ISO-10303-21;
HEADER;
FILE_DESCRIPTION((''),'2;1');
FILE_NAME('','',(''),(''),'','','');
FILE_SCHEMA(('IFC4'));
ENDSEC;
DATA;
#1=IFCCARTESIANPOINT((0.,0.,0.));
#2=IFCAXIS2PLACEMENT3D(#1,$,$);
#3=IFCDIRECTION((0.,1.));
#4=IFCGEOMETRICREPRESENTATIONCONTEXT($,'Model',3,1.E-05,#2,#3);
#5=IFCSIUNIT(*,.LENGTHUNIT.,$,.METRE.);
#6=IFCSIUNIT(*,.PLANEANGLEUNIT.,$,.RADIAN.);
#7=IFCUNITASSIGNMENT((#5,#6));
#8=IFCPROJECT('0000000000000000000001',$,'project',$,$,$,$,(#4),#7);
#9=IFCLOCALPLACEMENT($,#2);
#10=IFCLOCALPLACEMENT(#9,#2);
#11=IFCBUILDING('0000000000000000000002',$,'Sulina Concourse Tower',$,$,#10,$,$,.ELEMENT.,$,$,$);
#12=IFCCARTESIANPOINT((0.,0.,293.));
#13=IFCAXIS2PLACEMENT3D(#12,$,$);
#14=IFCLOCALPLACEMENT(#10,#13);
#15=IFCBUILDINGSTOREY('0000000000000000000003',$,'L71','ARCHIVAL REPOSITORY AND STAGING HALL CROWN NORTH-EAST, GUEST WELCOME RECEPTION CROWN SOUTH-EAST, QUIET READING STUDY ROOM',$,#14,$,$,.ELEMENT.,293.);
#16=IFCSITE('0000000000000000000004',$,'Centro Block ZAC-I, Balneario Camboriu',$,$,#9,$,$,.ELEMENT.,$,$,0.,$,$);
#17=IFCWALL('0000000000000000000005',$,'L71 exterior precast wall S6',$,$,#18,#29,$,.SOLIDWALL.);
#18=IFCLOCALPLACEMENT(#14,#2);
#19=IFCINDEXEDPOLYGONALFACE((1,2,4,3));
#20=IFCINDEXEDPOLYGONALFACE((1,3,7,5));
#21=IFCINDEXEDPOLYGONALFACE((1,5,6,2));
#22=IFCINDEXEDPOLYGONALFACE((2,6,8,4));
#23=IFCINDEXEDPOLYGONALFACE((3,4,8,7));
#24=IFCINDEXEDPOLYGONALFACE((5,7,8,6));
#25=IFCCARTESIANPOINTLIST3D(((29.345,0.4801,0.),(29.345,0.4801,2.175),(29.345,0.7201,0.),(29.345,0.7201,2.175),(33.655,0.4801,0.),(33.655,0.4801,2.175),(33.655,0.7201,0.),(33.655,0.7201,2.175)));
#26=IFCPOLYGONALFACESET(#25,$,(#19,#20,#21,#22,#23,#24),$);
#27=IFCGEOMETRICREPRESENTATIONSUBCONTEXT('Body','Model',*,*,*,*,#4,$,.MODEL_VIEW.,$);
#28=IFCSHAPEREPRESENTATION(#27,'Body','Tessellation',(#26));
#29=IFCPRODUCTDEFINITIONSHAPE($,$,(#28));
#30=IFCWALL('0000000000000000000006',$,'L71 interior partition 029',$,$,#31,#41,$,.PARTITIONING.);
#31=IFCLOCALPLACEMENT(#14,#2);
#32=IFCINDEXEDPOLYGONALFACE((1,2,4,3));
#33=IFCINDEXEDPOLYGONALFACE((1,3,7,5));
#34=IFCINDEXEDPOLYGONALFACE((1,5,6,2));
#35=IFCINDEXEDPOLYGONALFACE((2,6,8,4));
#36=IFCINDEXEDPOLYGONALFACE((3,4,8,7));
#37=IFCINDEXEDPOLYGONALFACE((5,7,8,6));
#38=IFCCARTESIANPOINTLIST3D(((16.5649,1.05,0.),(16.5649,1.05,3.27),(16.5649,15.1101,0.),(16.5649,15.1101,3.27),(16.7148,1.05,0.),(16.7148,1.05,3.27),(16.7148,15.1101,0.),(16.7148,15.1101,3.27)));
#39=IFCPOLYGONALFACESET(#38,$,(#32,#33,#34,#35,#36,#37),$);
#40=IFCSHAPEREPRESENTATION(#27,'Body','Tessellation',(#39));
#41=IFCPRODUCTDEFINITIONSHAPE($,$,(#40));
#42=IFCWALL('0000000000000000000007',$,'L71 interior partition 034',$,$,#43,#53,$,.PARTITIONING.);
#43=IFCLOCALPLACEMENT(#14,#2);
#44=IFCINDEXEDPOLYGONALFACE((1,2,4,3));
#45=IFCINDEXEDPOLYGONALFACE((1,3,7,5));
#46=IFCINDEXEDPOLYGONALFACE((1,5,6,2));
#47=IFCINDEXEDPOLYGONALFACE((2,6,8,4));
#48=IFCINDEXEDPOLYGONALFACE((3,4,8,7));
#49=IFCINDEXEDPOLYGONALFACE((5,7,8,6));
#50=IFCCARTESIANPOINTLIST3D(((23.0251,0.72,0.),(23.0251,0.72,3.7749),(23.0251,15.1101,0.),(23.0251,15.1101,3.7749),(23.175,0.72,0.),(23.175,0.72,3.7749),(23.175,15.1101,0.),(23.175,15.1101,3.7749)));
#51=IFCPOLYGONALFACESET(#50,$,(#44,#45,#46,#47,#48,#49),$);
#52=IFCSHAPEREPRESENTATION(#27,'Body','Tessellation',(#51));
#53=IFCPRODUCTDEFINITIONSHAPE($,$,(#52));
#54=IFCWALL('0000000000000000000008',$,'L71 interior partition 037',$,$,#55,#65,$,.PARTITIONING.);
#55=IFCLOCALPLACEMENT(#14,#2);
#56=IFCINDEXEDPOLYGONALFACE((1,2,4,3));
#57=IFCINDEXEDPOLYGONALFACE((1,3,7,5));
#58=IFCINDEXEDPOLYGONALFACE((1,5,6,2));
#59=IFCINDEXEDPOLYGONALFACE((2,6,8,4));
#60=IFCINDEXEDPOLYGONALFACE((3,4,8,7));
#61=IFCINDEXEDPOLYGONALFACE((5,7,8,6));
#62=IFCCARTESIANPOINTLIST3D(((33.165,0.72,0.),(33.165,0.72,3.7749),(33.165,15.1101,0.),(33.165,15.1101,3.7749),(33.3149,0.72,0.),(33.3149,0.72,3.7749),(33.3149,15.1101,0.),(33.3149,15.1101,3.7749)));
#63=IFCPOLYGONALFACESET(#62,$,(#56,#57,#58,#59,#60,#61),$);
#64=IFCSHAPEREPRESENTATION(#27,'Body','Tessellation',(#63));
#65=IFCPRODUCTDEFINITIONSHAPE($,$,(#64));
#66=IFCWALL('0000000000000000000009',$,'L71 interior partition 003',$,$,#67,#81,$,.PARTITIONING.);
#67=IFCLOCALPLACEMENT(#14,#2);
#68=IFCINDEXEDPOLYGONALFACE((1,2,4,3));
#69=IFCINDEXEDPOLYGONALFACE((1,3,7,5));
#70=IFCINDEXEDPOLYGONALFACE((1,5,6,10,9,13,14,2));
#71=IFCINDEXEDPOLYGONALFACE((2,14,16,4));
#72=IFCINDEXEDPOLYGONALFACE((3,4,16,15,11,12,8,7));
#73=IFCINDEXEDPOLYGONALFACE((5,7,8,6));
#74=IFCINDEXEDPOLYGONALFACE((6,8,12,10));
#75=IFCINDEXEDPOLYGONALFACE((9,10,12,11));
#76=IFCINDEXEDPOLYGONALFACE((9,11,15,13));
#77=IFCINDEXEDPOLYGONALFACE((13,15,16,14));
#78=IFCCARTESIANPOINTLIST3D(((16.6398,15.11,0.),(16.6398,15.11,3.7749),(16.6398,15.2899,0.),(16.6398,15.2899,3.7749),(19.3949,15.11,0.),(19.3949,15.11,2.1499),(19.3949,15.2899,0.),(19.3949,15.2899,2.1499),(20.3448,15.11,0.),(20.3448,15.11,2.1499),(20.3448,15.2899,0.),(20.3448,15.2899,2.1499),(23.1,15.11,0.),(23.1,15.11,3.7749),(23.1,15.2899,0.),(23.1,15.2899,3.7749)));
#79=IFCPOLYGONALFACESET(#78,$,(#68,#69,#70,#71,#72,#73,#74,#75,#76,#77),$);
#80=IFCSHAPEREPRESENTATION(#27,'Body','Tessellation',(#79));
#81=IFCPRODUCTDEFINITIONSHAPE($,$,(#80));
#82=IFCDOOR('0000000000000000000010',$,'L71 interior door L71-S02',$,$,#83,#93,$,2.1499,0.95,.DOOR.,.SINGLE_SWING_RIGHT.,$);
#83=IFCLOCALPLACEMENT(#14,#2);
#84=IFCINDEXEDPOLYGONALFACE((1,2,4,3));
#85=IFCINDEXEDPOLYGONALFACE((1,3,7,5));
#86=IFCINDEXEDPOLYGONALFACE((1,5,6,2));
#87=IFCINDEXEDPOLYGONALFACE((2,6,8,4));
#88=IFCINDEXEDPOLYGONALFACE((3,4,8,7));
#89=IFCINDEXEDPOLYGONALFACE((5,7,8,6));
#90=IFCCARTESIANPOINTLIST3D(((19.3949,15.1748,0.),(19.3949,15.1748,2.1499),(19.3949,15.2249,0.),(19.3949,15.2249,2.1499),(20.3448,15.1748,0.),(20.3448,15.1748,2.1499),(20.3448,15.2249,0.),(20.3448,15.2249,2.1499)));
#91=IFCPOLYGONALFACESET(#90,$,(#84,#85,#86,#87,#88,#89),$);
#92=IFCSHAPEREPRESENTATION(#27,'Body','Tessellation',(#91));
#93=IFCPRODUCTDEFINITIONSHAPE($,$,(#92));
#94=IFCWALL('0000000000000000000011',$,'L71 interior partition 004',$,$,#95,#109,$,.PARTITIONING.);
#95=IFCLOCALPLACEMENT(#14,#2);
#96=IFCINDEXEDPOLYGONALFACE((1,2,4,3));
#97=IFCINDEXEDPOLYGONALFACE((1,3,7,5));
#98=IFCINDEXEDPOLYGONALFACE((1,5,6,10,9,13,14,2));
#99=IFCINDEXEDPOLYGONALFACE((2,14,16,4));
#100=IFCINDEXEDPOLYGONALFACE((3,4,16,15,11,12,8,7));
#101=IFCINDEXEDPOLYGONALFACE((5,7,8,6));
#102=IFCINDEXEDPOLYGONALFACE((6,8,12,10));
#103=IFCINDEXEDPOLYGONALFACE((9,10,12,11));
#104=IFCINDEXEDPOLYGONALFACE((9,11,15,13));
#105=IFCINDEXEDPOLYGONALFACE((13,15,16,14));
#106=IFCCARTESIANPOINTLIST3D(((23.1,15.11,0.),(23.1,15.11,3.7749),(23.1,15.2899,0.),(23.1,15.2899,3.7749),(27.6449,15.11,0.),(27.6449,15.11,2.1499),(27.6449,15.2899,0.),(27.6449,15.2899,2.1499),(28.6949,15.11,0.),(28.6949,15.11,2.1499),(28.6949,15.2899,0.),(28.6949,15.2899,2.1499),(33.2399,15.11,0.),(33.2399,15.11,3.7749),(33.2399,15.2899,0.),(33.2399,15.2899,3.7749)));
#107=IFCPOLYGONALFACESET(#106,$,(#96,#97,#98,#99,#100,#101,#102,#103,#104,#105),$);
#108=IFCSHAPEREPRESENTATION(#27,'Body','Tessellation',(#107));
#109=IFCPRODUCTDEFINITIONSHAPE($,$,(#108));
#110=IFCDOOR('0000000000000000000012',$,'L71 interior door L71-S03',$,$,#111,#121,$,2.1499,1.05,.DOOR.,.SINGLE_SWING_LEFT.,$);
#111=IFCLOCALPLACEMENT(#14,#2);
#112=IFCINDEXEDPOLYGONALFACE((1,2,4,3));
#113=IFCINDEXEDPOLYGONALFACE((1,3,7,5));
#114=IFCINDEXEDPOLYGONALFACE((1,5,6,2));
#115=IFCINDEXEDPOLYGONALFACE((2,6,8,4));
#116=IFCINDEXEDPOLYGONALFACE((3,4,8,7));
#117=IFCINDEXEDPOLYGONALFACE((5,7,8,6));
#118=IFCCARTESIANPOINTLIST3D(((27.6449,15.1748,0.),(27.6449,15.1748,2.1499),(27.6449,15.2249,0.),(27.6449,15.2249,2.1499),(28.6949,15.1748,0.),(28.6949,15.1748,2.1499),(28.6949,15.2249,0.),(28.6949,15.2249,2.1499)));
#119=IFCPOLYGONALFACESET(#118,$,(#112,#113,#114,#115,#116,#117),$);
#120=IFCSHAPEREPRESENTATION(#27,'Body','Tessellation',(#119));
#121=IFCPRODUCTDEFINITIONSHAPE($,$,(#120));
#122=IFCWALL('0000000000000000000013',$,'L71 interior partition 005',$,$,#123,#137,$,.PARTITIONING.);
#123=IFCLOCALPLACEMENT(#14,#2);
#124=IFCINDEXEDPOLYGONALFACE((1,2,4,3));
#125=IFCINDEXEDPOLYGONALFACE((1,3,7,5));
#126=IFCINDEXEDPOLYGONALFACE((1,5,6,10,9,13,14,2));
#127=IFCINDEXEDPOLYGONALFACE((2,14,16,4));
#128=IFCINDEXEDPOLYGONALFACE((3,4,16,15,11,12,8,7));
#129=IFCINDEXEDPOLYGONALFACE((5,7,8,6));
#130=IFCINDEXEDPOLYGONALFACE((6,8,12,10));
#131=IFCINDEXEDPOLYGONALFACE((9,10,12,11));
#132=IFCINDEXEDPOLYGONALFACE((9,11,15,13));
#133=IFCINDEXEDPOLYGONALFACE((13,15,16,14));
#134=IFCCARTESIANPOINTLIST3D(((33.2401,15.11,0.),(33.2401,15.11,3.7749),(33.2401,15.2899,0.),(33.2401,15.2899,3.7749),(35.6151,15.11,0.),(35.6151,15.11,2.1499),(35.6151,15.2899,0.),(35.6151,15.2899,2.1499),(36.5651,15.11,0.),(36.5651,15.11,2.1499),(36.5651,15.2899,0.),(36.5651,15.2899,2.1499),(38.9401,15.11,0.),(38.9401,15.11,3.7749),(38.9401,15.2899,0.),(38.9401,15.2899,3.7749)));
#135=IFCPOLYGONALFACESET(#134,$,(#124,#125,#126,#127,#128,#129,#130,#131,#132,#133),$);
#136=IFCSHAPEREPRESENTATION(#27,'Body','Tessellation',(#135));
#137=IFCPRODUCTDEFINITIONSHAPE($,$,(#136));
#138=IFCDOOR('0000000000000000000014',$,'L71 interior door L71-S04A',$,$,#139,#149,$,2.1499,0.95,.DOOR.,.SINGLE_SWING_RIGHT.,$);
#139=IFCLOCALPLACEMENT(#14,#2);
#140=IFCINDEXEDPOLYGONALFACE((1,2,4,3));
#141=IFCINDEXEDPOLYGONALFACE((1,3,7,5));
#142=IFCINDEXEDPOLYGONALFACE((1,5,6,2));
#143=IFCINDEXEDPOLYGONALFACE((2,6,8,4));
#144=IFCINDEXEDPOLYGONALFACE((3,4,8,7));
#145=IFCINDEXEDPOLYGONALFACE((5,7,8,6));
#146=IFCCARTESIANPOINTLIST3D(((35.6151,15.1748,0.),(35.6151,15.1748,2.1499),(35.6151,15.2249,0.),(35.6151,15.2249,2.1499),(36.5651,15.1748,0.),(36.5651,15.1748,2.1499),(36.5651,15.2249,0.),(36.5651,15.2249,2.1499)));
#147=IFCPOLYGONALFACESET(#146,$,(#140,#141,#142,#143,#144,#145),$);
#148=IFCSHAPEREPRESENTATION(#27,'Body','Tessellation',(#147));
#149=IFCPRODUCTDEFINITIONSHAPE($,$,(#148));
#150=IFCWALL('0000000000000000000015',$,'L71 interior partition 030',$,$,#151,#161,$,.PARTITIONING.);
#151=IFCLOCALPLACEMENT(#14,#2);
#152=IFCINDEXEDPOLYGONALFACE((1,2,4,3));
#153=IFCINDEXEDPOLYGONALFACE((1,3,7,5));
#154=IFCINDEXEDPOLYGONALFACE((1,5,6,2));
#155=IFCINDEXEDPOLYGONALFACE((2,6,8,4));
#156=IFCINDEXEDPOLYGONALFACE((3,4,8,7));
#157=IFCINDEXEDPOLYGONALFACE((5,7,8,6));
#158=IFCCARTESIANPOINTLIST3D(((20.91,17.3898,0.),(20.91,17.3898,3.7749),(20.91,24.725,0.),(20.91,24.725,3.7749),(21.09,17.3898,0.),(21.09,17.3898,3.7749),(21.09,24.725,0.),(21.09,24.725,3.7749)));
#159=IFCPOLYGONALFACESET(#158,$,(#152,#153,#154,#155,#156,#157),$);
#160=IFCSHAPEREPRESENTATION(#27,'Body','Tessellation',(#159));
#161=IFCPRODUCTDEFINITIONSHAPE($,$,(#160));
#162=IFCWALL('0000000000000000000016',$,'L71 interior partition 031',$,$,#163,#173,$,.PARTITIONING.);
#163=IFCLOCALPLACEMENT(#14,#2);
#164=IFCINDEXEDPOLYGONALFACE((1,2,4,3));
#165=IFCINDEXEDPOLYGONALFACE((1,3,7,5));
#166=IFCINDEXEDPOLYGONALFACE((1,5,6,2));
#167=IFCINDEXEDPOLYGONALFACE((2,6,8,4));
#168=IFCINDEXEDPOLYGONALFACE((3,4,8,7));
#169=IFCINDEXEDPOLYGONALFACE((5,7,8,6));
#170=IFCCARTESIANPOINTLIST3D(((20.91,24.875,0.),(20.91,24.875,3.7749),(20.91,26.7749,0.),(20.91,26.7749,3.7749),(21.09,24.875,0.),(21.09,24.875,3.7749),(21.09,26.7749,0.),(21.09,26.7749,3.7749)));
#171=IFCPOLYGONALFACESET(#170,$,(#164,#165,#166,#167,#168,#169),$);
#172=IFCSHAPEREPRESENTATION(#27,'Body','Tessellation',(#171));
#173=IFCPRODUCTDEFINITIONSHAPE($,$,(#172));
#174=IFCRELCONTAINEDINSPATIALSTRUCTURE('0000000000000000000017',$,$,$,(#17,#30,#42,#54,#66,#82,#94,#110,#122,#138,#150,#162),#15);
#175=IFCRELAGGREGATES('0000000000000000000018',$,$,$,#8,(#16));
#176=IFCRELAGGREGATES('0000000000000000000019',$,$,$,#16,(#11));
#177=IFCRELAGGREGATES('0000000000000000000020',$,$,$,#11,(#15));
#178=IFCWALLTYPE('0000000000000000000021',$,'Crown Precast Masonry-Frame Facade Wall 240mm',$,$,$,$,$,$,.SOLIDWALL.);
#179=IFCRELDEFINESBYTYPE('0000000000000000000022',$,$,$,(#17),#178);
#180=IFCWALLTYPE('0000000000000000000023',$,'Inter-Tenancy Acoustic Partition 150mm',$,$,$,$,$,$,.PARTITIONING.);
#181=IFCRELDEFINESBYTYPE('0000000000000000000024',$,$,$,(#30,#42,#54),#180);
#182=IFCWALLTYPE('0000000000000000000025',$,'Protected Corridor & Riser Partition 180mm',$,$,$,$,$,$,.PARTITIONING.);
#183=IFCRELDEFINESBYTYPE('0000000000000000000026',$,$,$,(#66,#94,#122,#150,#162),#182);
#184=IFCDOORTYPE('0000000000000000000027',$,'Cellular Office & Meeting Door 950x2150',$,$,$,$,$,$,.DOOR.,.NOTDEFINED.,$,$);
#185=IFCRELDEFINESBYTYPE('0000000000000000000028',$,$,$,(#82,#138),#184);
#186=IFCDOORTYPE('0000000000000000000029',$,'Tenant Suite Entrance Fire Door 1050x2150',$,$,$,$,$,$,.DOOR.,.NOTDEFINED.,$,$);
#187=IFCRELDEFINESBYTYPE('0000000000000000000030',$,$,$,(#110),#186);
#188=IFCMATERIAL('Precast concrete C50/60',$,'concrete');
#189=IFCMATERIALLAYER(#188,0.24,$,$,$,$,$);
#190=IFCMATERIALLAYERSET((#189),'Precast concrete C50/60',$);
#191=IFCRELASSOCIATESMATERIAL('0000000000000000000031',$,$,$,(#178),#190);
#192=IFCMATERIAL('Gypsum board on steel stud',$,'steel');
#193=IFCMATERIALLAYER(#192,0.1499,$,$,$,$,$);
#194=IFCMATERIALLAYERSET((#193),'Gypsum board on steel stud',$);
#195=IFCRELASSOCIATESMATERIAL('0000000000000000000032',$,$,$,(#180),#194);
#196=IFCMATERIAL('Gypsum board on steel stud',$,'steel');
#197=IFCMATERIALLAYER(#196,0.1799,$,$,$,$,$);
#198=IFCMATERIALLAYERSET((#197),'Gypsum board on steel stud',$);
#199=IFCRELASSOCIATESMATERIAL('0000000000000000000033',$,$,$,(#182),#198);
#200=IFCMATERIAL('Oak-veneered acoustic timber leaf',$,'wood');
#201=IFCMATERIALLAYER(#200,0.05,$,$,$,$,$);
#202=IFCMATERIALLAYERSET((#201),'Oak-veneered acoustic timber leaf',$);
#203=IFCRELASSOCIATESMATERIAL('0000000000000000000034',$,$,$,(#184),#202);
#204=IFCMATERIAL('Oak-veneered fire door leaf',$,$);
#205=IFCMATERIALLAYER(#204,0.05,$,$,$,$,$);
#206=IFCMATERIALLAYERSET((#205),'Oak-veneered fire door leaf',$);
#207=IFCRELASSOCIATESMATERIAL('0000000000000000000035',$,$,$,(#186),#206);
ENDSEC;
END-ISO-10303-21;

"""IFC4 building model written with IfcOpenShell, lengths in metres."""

from ifc_helpers import new_model, si_unit, direction, frame, frame_2d, origin, place, context, subcontext, project, spatial, rectangle, extrude, material, layer, layer_set, type_object, element, fill, save


model = new_model("IFC4")

# Units and contexts
model_context = context("Model", 3, precision=1e-05, world=origin(), true_north=direction((0.0, 1.0)))
body_context = subcontext(model_context, "Body", "Model", "MODEL_VIEW")
ifc_project = project(units=[si_unit("LENGTHUNIT", "METRE"), si_unit("PLANEANGLEUNIT", "RADIAN")], contexts=[model_context])

# Site, building, storey
site_placement = place(None, origin())
site = spatial("IfcSite", under=ifc_project, at=site_placement, Name="Centro Block ZAC-I, Balneario Camboriu", CompositionType="ELEMENT", RefElevation=0.0)
building_placement = place(site_placement, origin())
building = spatial("IfcBuilding", under=site, at=building_placement, Name="Sulina Concourse Tower", CompositionType="ELEMENT")
storey_placement = place(building_placement, frame((0.0, 0.0, 293.0)))
storey = spatial("IfcBuildingStorey", under=building, at=storey_placement, Name="L71", Description="ARCHIVAL REPOSITORY AND STAGING HALL CROWN NORTH-EAST, GUEST WELCOME RECEPTION CROWN SOUTH-EAST, QUIET READING STUDY ROOM", CompositionType="ELEMENT", Elevation=293.0)

# Shared definitions
ifc_material_1 = material(Name="Precast concrete C50/60", Category="concrete")
ifc_layer_1 = layer(ifc_material_1, 0.24)
ifc_layer_set_1 = layer_set([ifc_layer_1], Name="Precast concrete C50/60")
wall_type_1 = type_object("IfcWallType", Name="Crown Precast Masonry-Frame Facade Wall 240mm", PredefinedType="SOLIDWALL", material=ifc_layer_set_1)

# Walls
wall_1_placement = place(storey_placement, frame((33.655, 0.6001, 0.0), z_axis=(0.0, 0.0, 1.0), x_axis=(-1.0, 0.0, 0.0)))
element("IfcWall", 1, at=wall_1_placement, inside=storey, type_object=wall_type_1, Name="L71 exterior precast wall S6", PredefinedType="SOLIDWALL", context=body_context, shape_type="SweptSolid", body=[
    extrude(rectangle(XDim=4.3101, YDim=0.24, at=frame_2d((2.155, 0.0))), origin(), (0.0, 0.0, 1.0), 2.175),
])
ifc_material_2 = material(Name="Gypsum board on steel stud", Category="steel")
ifc_layer_2 = layer(ifc_material_2, 0.1499)
ifc_layer_set_2 = layer_set([ifc_layer_2], Name="Gypsum board on steel stud")
wall_type_2 = type_object("IfcWallType", Name="Inter-Tenancy Acoustic Partition 150mm", PredefinedType="PARTITIONING", material=ifc_layer_set_2)
wall_2_placement = place(storey_placement, frame((16.6399, 1.05, 0.0), z_axis=(0.0, 0.0, 1.0), x_axis=(0.0, 1.0, 0.0)))
element("IfcWall", 2, at=wall_2_placement, inside=storey, type_object=wall_type_2, Name="L71 interior partition 029", PredefinedType="PARTITIONING", context=body_context, shape_type="SweptSolid", body=[
    extrude(rectangle(XDim=14.0601, YDim=0.1499, at=frame_2d((7.03, 0.0))), origin(), (0.0, 0.0, 1.0), 3.27),
])
for number, where, z_axis, x_axis, name in (
    (3, (23.1001, 0.72, 0.0), (0.0, 0.0, 1.0), (0.0, 1.0, 0.0), "L71 interior partition 034"),
    (4, (33.24, 0.72, 0.0), (0.0, 0.0, 1.0), (0.0, 1.0, 0.0), "L71 interior partition 037"),
):
    element("IfcWall", number, at=place(storey_placement, frame(where, z_axis=z_axis, x_axis=x_axis)), inside=storey, type_object=wall_type_2, Name=name, PredefinedType="PARTITIONING", context=body_context, shape_type="SweptSolid", body=[
        extrude(rectangle(XDim=14.3901, YDim=0.1499, at=frame_2d((7.1951, 0.0))), origin(), (0.0, 0.0, 1.0), 3.7749),
    ])

# Walls, openings, doors
ifc_material_3 = material(Name="Gypsum board on steel stud", Category="steel")
ifc_layer_3 = layer(ifc_material_3, 0.1799)
ifc_layer_set_3 = layer_set([ifc_layer_3], Name="Gypsum board on steel stud")
wall_type_3 = type_object("IfcWallType", Name="Protected Corridor & Riser Partition 180mm", PredefinedType="PARTITIONING", material=ifc_layer_set_3)
wall_3_placement = place(storey_placement, frame((16.6399, 15.2, 0.0), z_axis=(0.0, 0.0, 1.0), x_axis=(1.0, 0.0, 0.0)))
wall_3 = element("IfcWall", 5, at=wall_3_placement, inside=storey, type_object=wall_type_3, Name="L71 interior partition 003", PredefinedType="PARTITIONING", context=body_context, shape_type="SweptSolid", body=[
    extrude(rectangle(XDim=6.4602, YDim=0.1799, at=frame_2d((3.23, 0.0))), origin(), (0.0, 0.0, 1.0), 3.7749),
])
opening_1_placement = place(wall_3_placement, frame((2.7549, 0.0, 0.0)))
opening_1 = element("IfcOpeningElement", 6, at=opening_1_placement, cuts=wall_3, PredefinedType="OPENING", context=body_context, shape_type="SweptSolid", body=[
    extrude(rectangle(XDim=0.95, YDim=2.1499, at=frame_2d((0.4751, 1.075))), frame((0.0, 0.0999, 0.0), z_axis=(0.0, -1.0, 0.0), x_axis=(1.0, 0.0, 0.0)), (0.0, 0.0, 1.0), 0.2),
])
ifc_material_4 = material(Name="Oak-veneered acoustic timber leaf", Category="wood")
ifc_layer_4 = layer(ifc_material_4, 0.05)
ifc_layer_set_4 = layer_set([ifc_layer_4], Name="Oak-veneered acoustic timber leaf")
door_type_1 = type_object("IfcDoorType", Name="Cellular Office & Meeting Door 950x2150", OperationType="NOTDEFINED", PredefinedType="DOOR", material=ifc_layer_set_4)
door_1_placement = place(opening_1_placement, origin())
door_1 = element("IfcDoor", 7, at=door_1_placement, inside=storey, type_object=door_type_1, Name="L71 interior door L71-S02", OperationType="SINGLE_SWING_RIGHT", OverallHeight=2.1499, OverallWidth=0.95, PredefinedType="DOOR", context=body_context, shape_type="SweptSolid", body=[
    extrude(rectangle(XDim=0.95, YDim=2.1499, at=frame_2d((0.4751, 1.075))), frame((0.0, 0.0249, 0.0), z_axis=(0.0, -1.0, 0.0), x_axis=(1.0, 0.0, 0.0)), (0.0, 0.0, 1.0), 0.05),
])
fill(opening_1, door_1)
wall_4_placement = place(storey_placement, frame((23.1001, 15.2, 0.0), z_axis=(0.0, 0.0, 1.0), x_axis=(1.0, 0.0, 0.0)))
wall_4 = element("IfcWall", 8, at=wall_4_placement, inside=storey, type_object=wall_type_3, Name="L71 interior partition 004", PredefinedType="PARTITIONING", context=body_context, shape_type="SweptSolid", body=[
    extrude(rectangle(XDim=10.1399, YDim=0.1799, at=frame_2d((5.0698, 0.0))), origin(), (0.0, 0.0, 1.0), 3.7749),
])
opening_2_placement = place(wall_4_placement, frame((4.5449, 0.0, 0.0)))
opening_2 = element("IfcOpeningElement", 9, at=opening_2_placement, cuts=wall_4, PredefinedType="OPENING", context=body_context, shape_type="SweptSolid", body=[
    extrude(rectangle(XDim=1.05, YDim=2.1499, at=frame_2d((0.5249, 1.075))), frame((0.0, 0.0999, 0.0), z_axis=(0.0, -1.0, 0.0), x_axis=(1.0, 0.0, 0.0)), (0.0, 0.0, 1.0), 0.2),
])
ifc_material_5 = material(Name="Oak-veneered fire door leaf")
ifc_layer_5 = layer(ifc_material_5, 0.05)
ifc_layer_set_5 = layer_set([ifc_layer_5], Name="Oak-veneered fire door leaf")
door_type_2 = type_object("IfcDoorType", Name="Tenant Suite Entrance Fire Door 1050x2150", OperationType="NOTDEFINED", PredefinedType="DOOR", material=ifc_layer_set_5)
door_2_placement = place(opening_2_placement, origin())
door_2 = element("IfcDoor", 10, at=door_2_placement, inside=storey, type_object=door_type_2, Name="L71 interior door L71-S03", OperationType="SINGLE_SWING_LEFT", OverallHeight=2.1499, OverallWidth=1.05, PredefinedType="DOOR", context=body_context, shape_type="SweptSolid", body=[
    extrude(rectangle(XDim=1.05, YDim=2.1499, at=frame_2d((0.5249, 1.075))), frame((0.0, 0.0249, 0.0), z_axis=(0.0, -1.0, 0.0), x_axis=(1.0, 0.0, 0.0)), (0.0, 0.0, 1.0), 0.05),
])
fill(opening_2, door_2)
wall_5_placement = place(storey_placement, frame((33.24, 15.2, 0.0), z_axis=(0.0, 0.0, 1.0), x_axis=(1.0, 0.0, 0.0)))
wall_5 = element("IfcWall", 11, at=wall_5_placement, inside=storey, type_object=wall_type_3, Name="L71 interior partition 005", PredefinedType="PARTITIONING", context=body_context, shape_type="SweptSolid", body=[
    extrude(rectangle(XDim=5.7, YDim=0.1799, at=frame_2d((2.8501, 0.0))), origin(), (0.0, 0.0, 1.0), 3.7749),
])
opening_3_placement = place(wall_5_placement, frame((2.375, 0.0, 0.0)))
opening_3 = element("IfcOpeningElement", 12, at=opening_3_placement, cuts=wall_5, PredefinedType="OPENING", context=body_context, shape_type="SweptSolid", body=[
    extrude(rectangle(XDim=0.95, YDim=2.1499, at=frame_2d((0.4751, 1.075))), frame((0.0, 0.0999, 0.0), z_axis=(0.0, -1.0, 0.0), x_axis=(1.0, 0.0, 0.0)), (0.0, 0.0, 1.0), 0.2),
])
door_3_placement = place(opening_3_placement, origin())
door_3 = element("IfcDoor", 13, at=door_3_placement, inside=storey, type_object=door_type_1, Name="L71 interior door L71-S04A", OperationType="SINGLE_SWING_RIGHT", OverallHeight=2.1499, OverallWidth=0.95, PredefinedType="DOOR", context=body_context, shape_type="SweptSolid", body=[
    extrude(rectangle(XDim=0.95, YDim=2.1499, at=frame_2d((0.4751, 1.075))), frame((0.0, 0.0249, 0.0), z_axis=(0.0, -1.0, 0.0), x_axis=(1.0, 0.0, 0.0)), (0.0, 0.0, 1.0), 0.05),
])
fill(opening_3, door_3)

# Walls
wall_6_placement = place(storey_placement, frame((21.0, 17.3899, 0.0), z_axis=(0.0, 0.0, 1.0), x_axis=(0.0, 1.0, 0.0)))
element("IfcWall", 14, at=wall_6_placement, inside=storey, type_object=wall_type_3, Name="L71 interior partition 030", PredefinedType="PARTITIONING", context=body_context, shape_type="SweptSolid", body=[
    extrude(rectangle(XDim=7.3352, YDim=0.1799, at=frame_2d((3.6675, 0.0))), origin(), (0.0, 0.0, 1.0), 3.7749),
])
wall_7_placement = place(storey_placement, frame((21.0, 24.875, 0.0), z_axis=(0.0, 0.0, 1.0), x_axis=(0.0, 1.0, 0.0)))
element("IfcWall", 15, at=wall_7_placement, inside=storey, type_object=wall_type_3, Name="L71 interior partition 031", PredefinedType="PARTITIONING", context=body_context, shape_type="SweptSolid", body=[
    extrude(rectangle(XDim=1.8999, YDim=0.1799, at=frame_2d((0.95, 0.0))), origin(), (0.0, 0.0, 1.0), 3.7749),
])

save(model, "model.ifc")
